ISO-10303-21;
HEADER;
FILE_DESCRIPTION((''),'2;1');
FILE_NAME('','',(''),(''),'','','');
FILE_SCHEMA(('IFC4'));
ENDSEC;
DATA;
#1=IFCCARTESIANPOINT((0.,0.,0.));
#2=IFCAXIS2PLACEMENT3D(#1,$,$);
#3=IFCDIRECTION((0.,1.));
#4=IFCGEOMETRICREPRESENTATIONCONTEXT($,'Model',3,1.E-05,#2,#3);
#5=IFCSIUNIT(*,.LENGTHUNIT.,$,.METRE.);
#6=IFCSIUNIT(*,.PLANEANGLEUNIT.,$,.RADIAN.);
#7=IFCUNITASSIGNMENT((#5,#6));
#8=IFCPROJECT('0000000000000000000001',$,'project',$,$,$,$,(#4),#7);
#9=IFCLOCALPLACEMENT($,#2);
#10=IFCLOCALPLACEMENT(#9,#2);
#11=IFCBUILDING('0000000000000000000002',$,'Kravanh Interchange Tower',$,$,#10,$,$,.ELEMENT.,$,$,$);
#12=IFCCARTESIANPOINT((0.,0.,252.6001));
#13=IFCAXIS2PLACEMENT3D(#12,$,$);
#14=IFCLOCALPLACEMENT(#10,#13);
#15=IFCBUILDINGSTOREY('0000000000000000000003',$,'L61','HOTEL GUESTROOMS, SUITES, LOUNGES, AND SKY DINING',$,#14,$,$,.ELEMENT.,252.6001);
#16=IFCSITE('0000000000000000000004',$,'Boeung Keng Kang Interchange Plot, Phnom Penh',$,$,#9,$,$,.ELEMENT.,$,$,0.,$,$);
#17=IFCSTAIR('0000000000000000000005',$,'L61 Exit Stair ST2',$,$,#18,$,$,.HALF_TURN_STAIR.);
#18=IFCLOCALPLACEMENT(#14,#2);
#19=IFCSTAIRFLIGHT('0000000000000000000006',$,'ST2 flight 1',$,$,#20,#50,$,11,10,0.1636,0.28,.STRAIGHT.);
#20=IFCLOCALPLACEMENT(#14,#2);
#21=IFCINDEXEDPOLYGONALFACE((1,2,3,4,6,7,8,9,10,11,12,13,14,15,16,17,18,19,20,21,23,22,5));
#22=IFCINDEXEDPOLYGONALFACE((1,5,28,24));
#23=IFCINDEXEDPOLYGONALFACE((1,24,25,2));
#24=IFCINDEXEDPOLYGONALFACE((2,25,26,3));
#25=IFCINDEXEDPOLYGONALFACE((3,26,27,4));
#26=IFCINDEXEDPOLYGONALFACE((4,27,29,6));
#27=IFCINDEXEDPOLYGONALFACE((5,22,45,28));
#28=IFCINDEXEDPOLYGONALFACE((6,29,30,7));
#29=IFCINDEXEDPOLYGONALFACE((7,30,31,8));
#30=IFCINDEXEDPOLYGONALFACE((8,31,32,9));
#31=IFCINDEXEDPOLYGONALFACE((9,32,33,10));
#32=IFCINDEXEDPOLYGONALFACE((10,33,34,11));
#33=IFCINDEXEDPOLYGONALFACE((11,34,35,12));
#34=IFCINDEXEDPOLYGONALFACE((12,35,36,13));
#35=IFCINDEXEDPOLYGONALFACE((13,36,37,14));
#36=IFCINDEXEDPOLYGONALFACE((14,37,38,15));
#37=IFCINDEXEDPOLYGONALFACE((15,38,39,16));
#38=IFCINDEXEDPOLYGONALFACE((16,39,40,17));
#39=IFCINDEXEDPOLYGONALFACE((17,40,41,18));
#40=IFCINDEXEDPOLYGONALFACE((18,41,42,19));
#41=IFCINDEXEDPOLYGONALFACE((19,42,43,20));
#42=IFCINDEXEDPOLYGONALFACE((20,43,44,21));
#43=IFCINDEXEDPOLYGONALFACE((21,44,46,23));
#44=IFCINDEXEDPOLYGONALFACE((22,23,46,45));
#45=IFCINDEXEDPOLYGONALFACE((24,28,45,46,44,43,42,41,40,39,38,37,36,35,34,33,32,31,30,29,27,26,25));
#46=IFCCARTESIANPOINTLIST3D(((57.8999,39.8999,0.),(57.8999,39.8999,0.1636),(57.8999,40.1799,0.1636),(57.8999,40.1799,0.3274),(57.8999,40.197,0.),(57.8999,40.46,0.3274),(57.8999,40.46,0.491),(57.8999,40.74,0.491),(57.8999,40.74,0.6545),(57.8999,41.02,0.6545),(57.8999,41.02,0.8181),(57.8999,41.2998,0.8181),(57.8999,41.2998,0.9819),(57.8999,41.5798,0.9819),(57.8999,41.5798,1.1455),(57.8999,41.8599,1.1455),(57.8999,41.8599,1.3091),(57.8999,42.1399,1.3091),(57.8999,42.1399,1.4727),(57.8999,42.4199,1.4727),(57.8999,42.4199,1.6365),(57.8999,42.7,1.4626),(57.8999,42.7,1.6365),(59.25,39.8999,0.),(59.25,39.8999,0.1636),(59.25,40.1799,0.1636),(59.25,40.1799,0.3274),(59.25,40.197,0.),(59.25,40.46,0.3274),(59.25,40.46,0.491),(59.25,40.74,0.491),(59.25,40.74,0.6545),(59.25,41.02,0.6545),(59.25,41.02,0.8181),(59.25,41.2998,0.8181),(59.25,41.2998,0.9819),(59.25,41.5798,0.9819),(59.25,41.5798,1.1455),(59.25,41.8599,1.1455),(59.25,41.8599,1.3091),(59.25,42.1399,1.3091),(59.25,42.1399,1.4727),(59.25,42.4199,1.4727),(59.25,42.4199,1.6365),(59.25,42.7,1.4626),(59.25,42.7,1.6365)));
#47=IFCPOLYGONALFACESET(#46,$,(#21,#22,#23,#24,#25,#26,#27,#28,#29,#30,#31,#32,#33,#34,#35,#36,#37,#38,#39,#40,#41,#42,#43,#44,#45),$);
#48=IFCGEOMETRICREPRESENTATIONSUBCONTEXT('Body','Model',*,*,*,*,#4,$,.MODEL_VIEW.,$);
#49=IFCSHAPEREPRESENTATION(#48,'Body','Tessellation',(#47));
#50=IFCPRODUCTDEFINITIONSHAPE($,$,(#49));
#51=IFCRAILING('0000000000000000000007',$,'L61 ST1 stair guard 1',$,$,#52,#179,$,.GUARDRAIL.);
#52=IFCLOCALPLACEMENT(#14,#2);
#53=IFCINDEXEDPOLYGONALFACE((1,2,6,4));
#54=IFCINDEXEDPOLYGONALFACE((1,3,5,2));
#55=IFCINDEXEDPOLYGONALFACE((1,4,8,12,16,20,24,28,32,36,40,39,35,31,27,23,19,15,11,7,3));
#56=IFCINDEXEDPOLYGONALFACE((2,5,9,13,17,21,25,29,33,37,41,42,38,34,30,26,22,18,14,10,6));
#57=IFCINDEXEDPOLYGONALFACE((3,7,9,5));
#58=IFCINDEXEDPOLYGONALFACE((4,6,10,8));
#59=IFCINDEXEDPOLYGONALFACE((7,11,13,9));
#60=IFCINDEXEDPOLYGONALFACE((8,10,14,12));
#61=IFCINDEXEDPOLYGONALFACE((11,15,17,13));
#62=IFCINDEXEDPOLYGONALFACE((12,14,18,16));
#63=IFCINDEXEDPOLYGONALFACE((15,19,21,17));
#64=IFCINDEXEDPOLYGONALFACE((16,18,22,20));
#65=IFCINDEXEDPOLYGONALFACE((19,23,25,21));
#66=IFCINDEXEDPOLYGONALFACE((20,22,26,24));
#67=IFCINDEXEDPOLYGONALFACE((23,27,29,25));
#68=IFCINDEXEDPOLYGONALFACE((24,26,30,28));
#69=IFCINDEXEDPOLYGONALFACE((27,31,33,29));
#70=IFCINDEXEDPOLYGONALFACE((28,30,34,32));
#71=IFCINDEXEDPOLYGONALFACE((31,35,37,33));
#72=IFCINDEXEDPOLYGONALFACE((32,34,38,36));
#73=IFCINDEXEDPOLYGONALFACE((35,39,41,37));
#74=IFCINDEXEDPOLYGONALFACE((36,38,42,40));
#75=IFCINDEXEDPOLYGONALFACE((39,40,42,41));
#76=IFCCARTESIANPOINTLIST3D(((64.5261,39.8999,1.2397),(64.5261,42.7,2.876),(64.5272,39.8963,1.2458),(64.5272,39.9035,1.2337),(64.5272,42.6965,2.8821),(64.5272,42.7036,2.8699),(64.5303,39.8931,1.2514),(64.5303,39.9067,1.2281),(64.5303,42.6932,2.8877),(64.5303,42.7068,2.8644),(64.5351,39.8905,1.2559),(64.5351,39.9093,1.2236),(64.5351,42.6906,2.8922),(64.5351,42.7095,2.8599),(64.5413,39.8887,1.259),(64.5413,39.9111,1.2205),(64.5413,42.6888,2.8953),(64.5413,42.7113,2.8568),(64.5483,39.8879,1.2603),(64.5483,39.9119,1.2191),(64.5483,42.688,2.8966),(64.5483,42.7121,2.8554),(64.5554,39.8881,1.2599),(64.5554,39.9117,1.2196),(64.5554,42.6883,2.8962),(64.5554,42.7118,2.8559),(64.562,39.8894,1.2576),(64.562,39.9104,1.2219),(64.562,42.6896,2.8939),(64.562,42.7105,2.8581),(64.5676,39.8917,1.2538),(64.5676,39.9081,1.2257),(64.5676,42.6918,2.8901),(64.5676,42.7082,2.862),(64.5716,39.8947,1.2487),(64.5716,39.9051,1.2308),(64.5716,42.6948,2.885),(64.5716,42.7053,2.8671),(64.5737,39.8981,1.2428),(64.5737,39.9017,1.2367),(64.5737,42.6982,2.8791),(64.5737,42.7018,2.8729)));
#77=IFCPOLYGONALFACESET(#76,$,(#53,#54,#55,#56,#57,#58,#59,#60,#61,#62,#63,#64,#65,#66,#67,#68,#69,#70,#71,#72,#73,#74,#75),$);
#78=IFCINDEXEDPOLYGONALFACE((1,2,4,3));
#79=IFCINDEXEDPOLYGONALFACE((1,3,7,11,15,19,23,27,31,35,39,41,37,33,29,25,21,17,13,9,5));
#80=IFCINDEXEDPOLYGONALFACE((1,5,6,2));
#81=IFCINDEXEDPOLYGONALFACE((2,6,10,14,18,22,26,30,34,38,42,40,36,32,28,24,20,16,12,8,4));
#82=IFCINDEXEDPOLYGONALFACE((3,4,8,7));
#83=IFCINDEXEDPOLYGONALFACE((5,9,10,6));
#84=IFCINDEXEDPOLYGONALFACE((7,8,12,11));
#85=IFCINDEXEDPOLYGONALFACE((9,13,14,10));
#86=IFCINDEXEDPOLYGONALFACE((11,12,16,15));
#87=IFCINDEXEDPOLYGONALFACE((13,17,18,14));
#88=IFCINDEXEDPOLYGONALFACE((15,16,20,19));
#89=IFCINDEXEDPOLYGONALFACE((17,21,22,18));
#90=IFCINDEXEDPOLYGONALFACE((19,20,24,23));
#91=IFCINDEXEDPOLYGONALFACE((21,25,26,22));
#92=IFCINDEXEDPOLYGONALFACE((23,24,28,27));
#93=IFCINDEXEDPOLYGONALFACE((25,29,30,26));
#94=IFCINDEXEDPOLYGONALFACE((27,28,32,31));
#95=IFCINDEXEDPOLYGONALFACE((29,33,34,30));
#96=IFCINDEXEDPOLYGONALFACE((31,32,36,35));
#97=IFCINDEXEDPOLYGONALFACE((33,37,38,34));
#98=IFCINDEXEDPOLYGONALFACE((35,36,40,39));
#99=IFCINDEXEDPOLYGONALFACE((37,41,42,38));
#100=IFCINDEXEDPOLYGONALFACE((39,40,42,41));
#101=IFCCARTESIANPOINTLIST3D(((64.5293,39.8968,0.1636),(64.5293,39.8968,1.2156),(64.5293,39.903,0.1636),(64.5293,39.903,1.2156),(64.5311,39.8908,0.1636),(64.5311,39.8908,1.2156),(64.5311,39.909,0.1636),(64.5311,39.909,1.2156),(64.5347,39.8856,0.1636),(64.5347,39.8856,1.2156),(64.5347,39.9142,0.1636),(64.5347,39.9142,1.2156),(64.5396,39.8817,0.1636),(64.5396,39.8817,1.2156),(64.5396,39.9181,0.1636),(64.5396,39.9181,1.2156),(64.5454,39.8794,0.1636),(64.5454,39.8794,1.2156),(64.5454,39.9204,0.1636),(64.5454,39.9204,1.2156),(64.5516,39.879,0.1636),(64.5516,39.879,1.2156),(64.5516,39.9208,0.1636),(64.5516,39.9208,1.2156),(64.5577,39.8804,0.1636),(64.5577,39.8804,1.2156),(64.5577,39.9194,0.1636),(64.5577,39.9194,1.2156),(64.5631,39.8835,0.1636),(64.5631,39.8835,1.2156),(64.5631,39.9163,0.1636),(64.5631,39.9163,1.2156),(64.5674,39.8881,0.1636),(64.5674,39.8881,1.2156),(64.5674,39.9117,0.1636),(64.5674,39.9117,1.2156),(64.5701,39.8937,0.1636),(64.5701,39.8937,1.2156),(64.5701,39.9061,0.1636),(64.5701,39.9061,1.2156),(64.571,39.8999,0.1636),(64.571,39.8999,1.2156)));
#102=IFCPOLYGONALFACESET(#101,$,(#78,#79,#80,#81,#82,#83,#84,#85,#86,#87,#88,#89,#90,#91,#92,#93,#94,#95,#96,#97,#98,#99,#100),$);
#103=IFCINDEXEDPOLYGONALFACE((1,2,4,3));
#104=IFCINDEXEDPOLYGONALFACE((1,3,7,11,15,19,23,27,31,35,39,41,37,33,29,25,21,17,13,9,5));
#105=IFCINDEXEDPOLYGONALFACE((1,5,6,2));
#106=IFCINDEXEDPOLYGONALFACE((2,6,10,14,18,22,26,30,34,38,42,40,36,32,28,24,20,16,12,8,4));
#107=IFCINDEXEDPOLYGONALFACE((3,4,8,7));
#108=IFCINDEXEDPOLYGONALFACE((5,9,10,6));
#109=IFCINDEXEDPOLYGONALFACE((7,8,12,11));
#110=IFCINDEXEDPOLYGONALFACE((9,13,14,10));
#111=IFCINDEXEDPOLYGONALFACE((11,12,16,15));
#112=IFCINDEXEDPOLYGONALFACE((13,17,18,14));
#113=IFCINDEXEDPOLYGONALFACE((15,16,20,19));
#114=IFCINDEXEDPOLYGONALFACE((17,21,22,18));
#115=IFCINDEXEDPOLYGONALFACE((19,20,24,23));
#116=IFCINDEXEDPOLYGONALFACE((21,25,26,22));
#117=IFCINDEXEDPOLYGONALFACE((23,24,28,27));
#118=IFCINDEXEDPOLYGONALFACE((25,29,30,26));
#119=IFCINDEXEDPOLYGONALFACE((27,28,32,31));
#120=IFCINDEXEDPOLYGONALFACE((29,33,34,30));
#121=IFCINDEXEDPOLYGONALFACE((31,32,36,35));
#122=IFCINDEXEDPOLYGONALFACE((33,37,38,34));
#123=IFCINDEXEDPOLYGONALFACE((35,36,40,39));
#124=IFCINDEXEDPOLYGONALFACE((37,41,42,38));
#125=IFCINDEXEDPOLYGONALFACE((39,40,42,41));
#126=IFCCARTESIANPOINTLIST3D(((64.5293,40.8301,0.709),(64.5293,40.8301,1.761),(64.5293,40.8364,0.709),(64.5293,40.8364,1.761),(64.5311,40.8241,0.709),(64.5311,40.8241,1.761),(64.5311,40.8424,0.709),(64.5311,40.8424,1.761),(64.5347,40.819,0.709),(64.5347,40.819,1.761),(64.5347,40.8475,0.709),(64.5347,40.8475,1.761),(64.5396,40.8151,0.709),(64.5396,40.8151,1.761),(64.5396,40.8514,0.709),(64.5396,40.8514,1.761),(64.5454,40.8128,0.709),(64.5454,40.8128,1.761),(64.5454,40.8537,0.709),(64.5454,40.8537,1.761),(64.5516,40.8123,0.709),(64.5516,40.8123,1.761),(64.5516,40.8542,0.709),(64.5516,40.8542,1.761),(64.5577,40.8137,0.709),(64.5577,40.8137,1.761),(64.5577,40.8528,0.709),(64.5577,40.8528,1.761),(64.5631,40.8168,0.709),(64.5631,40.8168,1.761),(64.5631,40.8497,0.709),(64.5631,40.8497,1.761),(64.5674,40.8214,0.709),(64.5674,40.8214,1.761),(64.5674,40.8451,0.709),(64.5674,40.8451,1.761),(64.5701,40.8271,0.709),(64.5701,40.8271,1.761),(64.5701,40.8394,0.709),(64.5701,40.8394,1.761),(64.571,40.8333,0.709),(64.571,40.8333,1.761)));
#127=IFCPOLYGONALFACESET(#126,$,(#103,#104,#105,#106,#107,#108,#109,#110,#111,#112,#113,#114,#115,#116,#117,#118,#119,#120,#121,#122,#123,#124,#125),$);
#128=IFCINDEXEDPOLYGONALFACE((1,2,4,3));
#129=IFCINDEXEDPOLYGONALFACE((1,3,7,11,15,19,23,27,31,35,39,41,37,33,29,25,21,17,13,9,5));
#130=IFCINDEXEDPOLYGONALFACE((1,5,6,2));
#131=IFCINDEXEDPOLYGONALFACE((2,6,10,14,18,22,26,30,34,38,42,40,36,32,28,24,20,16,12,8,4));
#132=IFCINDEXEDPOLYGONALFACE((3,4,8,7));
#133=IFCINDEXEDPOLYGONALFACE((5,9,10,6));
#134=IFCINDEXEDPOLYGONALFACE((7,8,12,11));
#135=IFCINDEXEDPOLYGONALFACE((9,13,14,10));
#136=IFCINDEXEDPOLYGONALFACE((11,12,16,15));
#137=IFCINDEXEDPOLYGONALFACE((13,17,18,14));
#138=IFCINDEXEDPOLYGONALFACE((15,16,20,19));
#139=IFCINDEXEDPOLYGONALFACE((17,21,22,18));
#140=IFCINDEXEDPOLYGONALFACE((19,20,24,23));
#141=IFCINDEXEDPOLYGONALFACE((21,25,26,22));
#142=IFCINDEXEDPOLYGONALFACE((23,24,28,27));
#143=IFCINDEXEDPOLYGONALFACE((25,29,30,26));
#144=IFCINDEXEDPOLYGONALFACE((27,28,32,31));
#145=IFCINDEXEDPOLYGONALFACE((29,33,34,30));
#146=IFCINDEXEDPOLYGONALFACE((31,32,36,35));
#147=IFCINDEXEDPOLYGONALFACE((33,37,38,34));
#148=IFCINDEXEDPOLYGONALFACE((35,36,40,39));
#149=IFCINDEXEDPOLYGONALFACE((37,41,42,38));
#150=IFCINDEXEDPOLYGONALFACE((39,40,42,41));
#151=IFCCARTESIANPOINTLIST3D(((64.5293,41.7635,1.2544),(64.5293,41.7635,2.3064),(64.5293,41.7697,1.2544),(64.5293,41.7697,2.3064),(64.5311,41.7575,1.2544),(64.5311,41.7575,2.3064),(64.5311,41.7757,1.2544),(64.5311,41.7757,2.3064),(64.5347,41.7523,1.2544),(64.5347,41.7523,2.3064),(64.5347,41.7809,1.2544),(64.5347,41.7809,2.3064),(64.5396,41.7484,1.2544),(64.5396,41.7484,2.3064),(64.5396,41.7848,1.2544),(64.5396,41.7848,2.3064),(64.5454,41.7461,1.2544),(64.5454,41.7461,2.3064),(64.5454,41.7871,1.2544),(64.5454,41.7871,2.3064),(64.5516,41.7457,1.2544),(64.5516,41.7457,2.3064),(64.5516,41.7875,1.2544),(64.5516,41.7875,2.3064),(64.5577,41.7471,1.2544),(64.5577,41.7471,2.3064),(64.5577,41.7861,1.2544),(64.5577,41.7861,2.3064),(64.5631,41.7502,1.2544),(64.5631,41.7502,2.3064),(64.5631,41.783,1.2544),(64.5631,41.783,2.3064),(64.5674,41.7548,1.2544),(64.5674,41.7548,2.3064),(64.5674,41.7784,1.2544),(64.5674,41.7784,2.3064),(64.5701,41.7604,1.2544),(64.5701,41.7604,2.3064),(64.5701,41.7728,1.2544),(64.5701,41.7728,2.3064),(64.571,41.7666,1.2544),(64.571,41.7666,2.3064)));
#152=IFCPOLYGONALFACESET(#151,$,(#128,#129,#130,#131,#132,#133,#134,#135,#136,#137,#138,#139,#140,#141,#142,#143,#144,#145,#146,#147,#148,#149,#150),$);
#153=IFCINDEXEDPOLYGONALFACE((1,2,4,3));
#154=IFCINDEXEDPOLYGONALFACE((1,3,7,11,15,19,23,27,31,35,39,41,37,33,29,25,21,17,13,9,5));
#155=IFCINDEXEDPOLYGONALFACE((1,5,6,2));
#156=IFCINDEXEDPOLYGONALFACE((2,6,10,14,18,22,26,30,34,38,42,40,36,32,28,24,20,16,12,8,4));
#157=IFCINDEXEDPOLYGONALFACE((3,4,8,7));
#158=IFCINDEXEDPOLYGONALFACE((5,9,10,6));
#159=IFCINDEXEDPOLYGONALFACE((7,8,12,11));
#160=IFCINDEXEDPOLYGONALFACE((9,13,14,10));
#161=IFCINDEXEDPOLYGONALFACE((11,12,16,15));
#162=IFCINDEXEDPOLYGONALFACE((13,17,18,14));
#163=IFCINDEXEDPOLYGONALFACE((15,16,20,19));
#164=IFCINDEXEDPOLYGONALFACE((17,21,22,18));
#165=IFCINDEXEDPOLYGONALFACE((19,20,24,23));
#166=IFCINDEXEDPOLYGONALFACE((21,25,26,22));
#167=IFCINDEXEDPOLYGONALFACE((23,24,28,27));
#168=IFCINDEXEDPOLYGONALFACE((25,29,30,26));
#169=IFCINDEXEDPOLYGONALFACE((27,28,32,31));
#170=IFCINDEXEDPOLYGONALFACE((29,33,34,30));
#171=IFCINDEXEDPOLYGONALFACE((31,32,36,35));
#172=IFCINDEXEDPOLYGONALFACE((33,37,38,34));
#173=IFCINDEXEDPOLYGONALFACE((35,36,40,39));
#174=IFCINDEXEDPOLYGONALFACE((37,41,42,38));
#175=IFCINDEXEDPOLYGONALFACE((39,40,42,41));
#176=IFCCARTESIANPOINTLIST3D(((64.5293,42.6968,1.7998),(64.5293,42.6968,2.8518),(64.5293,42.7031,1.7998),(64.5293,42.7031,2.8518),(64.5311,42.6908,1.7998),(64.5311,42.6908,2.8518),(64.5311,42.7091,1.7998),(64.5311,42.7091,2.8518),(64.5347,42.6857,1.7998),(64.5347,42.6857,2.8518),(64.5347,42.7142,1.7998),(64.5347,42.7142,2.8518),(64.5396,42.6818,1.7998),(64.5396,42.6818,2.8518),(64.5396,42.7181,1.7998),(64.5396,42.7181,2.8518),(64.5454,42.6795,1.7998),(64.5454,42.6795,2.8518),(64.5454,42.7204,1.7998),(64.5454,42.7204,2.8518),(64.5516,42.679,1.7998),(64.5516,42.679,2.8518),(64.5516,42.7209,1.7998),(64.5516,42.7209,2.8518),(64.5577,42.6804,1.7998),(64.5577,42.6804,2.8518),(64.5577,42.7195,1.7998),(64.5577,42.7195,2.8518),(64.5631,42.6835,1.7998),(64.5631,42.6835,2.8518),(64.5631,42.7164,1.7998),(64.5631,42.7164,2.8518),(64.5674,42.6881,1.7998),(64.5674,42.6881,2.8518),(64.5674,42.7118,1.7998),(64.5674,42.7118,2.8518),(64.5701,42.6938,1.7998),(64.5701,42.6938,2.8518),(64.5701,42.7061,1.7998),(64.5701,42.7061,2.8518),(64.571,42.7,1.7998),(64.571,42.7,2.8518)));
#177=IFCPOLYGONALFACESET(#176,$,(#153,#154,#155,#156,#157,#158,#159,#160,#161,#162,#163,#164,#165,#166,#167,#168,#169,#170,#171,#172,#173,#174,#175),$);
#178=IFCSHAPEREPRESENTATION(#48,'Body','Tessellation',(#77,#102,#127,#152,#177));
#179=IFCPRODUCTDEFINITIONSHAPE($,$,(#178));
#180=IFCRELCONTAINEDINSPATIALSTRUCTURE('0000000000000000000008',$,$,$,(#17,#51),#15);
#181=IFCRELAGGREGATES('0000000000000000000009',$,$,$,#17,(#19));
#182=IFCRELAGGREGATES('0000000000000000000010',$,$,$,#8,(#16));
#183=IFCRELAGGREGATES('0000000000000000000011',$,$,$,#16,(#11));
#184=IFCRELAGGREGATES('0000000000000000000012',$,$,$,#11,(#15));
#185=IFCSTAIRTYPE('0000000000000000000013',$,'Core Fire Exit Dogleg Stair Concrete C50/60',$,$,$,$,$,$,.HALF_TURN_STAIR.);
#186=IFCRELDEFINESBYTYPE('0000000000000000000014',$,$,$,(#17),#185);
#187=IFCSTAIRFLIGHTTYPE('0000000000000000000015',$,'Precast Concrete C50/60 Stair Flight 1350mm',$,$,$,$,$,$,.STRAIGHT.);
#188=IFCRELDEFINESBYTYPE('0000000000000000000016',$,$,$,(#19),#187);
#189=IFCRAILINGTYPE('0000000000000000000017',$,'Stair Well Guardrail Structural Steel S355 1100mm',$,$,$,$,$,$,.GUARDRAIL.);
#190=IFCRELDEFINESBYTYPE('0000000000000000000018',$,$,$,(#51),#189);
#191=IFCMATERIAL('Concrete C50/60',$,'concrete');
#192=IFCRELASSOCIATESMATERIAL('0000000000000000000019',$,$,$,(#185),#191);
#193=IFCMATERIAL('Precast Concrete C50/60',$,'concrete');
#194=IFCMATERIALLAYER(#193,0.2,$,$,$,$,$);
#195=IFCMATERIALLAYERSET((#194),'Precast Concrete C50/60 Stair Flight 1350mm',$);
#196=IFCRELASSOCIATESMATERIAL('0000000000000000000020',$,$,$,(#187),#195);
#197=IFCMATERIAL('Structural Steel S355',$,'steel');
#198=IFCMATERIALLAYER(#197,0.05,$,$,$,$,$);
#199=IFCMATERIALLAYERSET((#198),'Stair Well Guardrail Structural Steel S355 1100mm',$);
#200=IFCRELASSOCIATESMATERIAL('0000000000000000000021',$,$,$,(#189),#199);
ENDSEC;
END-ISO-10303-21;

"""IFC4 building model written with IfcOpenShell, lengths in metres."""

from ifc_helpers import new_model, si_unit, direction, frame, origin, origin_2d, place, context, subcontext, project, spatial, polyline, circle, outline, extrude, material, layer, layer_set, type_object, element, aggregate, save


model = new_model("IFC4")

# Units and contexts
model_context = context("Model", 3, precision=1e-05, world=origin(), true_north=direction((0.0, 1.0)))
body_context = subcontext(model_context, "Body", "Model", "MODEL_VIEW")
ifc_project = project(units=[si_unit("LENGTHUNIT", "METRE"), si_unit("PLANEANGLEUNIT", "RADIAN")], contexts=[model_context])

# Site, building, storey
site_placement = place(None, origin())
site = spatial("IfcSite", under=ifc_project, at=site_placement, Name="Boeung Keng Kang Interchange Plot, Phnom Penh", CompositionType="ELEMENT", RefElevation=0.0)
building_placement = place(site_placement, origin())
building = spatial("IfcBuilding", under=site, at=building_placement, Name="Kravanh Interchange Tower", CompositionType="ELEMENT")
storey_placement = place(building_placement, frame((0.0, 0.0, 252.6001)))
storey = spatial("IfcBuildingStorey", under=building, at=storey_placement, Name="L61", Description="HOTEL GUESTROOMS, SUITES, LOUNGES, AND SKY DINING", CompositionType="ELEMENT", Elevation=252.6001)

# Shared definitions
ifc_material_1 = material(Name="Concrete C50/60", Category="concrete")
stair_type = type_object("IfcStairType", Name="Core Fire Exit Dogleg Stair Concrete C50/60", PredefinedType="HALF_TURN_STAIR", material=ifc_material_1)
ifc_material_2 = material(Name="Precast Concrete C50/60", Category="concrete")
ifc_layer_1 = layer(ifc_material_2, 0.2)
ifc_layer_set_1 = layer_set([ifc_layer_1], Name="Precast Concrete C50/60 Stair Flight 1350mm")
stair_flight_type = type_object("IfcStairFlightType", Name="Precast Concrete C50/60 Stair Flight 1350mm", PredefinedType="STRAIGHT", material=ifc_layer_set_1)

# Stair, stair flight
stair_1_placement = place(storey_placement, origin())
stair_1 = element("IfcStair", 1, at=stair_1_placement, inside=storey, type_object=stair_type, Name="L61 Exit Stair ST2", PredefinedType="HALF_TURN_STAIR")
stair_flight_1_placement = place(storey_placement, frame((58.575, 39.8999, 0.0), z_axis=(0.0, 0.0, 1.0), x_axis=(0.0, 1.0, 0.0)))
stair_flight_1 = element("IfcStairFlight", 2, at=stair_flight_1_placement, type_object=stair_flight_type, Name="ST2 flight 1", NumberOfRisers=11, NumberOfTreads=10, PredefinedType="STRAIGHT", RiserHeight=0.1636, TreadLength=0.28, context=body_context, shape_type="SweptSolid", body=[
    extrude(outline(polyline([(0.0, 0.0), (0.0, 0.1636), (0.28, 0.1636), (0.28, 0.3274), (0.5601, 0.3274), (0.5601, 0.491), (0.8401, 0.491), (0.8401, 0.6545), (1.1201, 0.6545), (1.1201, 0.8181), (1.3999, 0.8181), (1.3999, 0.9819), (1.6799, 0.9819), (1.6799, 1.1455), (1.96, 1.1455), (1.96, 1.3091), (2.24, 1.3091), (2.24, 1.4727), (2.52, 1.4727), (2.52, 1.6365), (2.8, 1.6365), (2.8, 1.8), (2.8, 1.4626), (0.2971, 0.0), (0.0, 0.0)])), frame((0.0, 0.675, 0.0), z_axis=(0.0, -1.0, 0.0), x_axis=(1.0, 0.0, 0.0)), (0.0, 0.0, 1.0), 1.3501),
])
aggregate(stair_1, [stair_flight_1])

# Railing
ifc_material_3 = material(Name="Structural Steel S355", Category="steel")
ifc_layer_2 = layer(ifc_material_3, 0.05)
ifc_layer_set_2 = layer_set([ifc_layer_2], Name="Stair Well Guardrail Structural Steel S355 1100mm")
railing_type_1 = type_object("IfcRailingType", Name="Stair Well Guardrail Structural Steel S355 1100mm", PredefinedType="GUARDRAIL", material=ifc_layer_set_2)
railing_1_placement = place(storey_placement, frame((64.55, 39.8999, 0.1636)))
element("IfcRailing", 3, at=railing_1_placement, inside=storey, type_object=railing_type_1, Name="L61 ST1 stair guard 1", PredefinedType="GUARDRAIL", context=body_context, shape_type="SweptSolid", body=[
    extrude(circle(Radius=0.0239, at=origin_2d()), frame((0.0, 0.0, 1.0762), z_axis=(0.0, 0.863394, 0.504531), x_axis=(-1.0, 0.0, 0.0)), (0.0, 0.0, 1.0), 3.2432),
    extrude(circle(Radius=0.021, at=origin_2d()), origin(), (0.0, 0.0, 1.0), 1.052),
    extrude(circle(Radius=0.021, at=origin_2d()), frame((0.0, 0.9333, 0.5454)), (0.0, 0.0, 1.0), 1.052),
    extrude(circle(Radius=0.021, at=origin_2d()), frame((0.0, 1.8667, 1.0908)), (0.0, 0.0, 1.0), 1.052),
    extrude(circle(Radius=0.021, at=origin_2d()), frame((0.0, 2.8, 1.6362)), (0.0, 0.0, 1.0), 1.052),
])

save(model, "model.ifc")
